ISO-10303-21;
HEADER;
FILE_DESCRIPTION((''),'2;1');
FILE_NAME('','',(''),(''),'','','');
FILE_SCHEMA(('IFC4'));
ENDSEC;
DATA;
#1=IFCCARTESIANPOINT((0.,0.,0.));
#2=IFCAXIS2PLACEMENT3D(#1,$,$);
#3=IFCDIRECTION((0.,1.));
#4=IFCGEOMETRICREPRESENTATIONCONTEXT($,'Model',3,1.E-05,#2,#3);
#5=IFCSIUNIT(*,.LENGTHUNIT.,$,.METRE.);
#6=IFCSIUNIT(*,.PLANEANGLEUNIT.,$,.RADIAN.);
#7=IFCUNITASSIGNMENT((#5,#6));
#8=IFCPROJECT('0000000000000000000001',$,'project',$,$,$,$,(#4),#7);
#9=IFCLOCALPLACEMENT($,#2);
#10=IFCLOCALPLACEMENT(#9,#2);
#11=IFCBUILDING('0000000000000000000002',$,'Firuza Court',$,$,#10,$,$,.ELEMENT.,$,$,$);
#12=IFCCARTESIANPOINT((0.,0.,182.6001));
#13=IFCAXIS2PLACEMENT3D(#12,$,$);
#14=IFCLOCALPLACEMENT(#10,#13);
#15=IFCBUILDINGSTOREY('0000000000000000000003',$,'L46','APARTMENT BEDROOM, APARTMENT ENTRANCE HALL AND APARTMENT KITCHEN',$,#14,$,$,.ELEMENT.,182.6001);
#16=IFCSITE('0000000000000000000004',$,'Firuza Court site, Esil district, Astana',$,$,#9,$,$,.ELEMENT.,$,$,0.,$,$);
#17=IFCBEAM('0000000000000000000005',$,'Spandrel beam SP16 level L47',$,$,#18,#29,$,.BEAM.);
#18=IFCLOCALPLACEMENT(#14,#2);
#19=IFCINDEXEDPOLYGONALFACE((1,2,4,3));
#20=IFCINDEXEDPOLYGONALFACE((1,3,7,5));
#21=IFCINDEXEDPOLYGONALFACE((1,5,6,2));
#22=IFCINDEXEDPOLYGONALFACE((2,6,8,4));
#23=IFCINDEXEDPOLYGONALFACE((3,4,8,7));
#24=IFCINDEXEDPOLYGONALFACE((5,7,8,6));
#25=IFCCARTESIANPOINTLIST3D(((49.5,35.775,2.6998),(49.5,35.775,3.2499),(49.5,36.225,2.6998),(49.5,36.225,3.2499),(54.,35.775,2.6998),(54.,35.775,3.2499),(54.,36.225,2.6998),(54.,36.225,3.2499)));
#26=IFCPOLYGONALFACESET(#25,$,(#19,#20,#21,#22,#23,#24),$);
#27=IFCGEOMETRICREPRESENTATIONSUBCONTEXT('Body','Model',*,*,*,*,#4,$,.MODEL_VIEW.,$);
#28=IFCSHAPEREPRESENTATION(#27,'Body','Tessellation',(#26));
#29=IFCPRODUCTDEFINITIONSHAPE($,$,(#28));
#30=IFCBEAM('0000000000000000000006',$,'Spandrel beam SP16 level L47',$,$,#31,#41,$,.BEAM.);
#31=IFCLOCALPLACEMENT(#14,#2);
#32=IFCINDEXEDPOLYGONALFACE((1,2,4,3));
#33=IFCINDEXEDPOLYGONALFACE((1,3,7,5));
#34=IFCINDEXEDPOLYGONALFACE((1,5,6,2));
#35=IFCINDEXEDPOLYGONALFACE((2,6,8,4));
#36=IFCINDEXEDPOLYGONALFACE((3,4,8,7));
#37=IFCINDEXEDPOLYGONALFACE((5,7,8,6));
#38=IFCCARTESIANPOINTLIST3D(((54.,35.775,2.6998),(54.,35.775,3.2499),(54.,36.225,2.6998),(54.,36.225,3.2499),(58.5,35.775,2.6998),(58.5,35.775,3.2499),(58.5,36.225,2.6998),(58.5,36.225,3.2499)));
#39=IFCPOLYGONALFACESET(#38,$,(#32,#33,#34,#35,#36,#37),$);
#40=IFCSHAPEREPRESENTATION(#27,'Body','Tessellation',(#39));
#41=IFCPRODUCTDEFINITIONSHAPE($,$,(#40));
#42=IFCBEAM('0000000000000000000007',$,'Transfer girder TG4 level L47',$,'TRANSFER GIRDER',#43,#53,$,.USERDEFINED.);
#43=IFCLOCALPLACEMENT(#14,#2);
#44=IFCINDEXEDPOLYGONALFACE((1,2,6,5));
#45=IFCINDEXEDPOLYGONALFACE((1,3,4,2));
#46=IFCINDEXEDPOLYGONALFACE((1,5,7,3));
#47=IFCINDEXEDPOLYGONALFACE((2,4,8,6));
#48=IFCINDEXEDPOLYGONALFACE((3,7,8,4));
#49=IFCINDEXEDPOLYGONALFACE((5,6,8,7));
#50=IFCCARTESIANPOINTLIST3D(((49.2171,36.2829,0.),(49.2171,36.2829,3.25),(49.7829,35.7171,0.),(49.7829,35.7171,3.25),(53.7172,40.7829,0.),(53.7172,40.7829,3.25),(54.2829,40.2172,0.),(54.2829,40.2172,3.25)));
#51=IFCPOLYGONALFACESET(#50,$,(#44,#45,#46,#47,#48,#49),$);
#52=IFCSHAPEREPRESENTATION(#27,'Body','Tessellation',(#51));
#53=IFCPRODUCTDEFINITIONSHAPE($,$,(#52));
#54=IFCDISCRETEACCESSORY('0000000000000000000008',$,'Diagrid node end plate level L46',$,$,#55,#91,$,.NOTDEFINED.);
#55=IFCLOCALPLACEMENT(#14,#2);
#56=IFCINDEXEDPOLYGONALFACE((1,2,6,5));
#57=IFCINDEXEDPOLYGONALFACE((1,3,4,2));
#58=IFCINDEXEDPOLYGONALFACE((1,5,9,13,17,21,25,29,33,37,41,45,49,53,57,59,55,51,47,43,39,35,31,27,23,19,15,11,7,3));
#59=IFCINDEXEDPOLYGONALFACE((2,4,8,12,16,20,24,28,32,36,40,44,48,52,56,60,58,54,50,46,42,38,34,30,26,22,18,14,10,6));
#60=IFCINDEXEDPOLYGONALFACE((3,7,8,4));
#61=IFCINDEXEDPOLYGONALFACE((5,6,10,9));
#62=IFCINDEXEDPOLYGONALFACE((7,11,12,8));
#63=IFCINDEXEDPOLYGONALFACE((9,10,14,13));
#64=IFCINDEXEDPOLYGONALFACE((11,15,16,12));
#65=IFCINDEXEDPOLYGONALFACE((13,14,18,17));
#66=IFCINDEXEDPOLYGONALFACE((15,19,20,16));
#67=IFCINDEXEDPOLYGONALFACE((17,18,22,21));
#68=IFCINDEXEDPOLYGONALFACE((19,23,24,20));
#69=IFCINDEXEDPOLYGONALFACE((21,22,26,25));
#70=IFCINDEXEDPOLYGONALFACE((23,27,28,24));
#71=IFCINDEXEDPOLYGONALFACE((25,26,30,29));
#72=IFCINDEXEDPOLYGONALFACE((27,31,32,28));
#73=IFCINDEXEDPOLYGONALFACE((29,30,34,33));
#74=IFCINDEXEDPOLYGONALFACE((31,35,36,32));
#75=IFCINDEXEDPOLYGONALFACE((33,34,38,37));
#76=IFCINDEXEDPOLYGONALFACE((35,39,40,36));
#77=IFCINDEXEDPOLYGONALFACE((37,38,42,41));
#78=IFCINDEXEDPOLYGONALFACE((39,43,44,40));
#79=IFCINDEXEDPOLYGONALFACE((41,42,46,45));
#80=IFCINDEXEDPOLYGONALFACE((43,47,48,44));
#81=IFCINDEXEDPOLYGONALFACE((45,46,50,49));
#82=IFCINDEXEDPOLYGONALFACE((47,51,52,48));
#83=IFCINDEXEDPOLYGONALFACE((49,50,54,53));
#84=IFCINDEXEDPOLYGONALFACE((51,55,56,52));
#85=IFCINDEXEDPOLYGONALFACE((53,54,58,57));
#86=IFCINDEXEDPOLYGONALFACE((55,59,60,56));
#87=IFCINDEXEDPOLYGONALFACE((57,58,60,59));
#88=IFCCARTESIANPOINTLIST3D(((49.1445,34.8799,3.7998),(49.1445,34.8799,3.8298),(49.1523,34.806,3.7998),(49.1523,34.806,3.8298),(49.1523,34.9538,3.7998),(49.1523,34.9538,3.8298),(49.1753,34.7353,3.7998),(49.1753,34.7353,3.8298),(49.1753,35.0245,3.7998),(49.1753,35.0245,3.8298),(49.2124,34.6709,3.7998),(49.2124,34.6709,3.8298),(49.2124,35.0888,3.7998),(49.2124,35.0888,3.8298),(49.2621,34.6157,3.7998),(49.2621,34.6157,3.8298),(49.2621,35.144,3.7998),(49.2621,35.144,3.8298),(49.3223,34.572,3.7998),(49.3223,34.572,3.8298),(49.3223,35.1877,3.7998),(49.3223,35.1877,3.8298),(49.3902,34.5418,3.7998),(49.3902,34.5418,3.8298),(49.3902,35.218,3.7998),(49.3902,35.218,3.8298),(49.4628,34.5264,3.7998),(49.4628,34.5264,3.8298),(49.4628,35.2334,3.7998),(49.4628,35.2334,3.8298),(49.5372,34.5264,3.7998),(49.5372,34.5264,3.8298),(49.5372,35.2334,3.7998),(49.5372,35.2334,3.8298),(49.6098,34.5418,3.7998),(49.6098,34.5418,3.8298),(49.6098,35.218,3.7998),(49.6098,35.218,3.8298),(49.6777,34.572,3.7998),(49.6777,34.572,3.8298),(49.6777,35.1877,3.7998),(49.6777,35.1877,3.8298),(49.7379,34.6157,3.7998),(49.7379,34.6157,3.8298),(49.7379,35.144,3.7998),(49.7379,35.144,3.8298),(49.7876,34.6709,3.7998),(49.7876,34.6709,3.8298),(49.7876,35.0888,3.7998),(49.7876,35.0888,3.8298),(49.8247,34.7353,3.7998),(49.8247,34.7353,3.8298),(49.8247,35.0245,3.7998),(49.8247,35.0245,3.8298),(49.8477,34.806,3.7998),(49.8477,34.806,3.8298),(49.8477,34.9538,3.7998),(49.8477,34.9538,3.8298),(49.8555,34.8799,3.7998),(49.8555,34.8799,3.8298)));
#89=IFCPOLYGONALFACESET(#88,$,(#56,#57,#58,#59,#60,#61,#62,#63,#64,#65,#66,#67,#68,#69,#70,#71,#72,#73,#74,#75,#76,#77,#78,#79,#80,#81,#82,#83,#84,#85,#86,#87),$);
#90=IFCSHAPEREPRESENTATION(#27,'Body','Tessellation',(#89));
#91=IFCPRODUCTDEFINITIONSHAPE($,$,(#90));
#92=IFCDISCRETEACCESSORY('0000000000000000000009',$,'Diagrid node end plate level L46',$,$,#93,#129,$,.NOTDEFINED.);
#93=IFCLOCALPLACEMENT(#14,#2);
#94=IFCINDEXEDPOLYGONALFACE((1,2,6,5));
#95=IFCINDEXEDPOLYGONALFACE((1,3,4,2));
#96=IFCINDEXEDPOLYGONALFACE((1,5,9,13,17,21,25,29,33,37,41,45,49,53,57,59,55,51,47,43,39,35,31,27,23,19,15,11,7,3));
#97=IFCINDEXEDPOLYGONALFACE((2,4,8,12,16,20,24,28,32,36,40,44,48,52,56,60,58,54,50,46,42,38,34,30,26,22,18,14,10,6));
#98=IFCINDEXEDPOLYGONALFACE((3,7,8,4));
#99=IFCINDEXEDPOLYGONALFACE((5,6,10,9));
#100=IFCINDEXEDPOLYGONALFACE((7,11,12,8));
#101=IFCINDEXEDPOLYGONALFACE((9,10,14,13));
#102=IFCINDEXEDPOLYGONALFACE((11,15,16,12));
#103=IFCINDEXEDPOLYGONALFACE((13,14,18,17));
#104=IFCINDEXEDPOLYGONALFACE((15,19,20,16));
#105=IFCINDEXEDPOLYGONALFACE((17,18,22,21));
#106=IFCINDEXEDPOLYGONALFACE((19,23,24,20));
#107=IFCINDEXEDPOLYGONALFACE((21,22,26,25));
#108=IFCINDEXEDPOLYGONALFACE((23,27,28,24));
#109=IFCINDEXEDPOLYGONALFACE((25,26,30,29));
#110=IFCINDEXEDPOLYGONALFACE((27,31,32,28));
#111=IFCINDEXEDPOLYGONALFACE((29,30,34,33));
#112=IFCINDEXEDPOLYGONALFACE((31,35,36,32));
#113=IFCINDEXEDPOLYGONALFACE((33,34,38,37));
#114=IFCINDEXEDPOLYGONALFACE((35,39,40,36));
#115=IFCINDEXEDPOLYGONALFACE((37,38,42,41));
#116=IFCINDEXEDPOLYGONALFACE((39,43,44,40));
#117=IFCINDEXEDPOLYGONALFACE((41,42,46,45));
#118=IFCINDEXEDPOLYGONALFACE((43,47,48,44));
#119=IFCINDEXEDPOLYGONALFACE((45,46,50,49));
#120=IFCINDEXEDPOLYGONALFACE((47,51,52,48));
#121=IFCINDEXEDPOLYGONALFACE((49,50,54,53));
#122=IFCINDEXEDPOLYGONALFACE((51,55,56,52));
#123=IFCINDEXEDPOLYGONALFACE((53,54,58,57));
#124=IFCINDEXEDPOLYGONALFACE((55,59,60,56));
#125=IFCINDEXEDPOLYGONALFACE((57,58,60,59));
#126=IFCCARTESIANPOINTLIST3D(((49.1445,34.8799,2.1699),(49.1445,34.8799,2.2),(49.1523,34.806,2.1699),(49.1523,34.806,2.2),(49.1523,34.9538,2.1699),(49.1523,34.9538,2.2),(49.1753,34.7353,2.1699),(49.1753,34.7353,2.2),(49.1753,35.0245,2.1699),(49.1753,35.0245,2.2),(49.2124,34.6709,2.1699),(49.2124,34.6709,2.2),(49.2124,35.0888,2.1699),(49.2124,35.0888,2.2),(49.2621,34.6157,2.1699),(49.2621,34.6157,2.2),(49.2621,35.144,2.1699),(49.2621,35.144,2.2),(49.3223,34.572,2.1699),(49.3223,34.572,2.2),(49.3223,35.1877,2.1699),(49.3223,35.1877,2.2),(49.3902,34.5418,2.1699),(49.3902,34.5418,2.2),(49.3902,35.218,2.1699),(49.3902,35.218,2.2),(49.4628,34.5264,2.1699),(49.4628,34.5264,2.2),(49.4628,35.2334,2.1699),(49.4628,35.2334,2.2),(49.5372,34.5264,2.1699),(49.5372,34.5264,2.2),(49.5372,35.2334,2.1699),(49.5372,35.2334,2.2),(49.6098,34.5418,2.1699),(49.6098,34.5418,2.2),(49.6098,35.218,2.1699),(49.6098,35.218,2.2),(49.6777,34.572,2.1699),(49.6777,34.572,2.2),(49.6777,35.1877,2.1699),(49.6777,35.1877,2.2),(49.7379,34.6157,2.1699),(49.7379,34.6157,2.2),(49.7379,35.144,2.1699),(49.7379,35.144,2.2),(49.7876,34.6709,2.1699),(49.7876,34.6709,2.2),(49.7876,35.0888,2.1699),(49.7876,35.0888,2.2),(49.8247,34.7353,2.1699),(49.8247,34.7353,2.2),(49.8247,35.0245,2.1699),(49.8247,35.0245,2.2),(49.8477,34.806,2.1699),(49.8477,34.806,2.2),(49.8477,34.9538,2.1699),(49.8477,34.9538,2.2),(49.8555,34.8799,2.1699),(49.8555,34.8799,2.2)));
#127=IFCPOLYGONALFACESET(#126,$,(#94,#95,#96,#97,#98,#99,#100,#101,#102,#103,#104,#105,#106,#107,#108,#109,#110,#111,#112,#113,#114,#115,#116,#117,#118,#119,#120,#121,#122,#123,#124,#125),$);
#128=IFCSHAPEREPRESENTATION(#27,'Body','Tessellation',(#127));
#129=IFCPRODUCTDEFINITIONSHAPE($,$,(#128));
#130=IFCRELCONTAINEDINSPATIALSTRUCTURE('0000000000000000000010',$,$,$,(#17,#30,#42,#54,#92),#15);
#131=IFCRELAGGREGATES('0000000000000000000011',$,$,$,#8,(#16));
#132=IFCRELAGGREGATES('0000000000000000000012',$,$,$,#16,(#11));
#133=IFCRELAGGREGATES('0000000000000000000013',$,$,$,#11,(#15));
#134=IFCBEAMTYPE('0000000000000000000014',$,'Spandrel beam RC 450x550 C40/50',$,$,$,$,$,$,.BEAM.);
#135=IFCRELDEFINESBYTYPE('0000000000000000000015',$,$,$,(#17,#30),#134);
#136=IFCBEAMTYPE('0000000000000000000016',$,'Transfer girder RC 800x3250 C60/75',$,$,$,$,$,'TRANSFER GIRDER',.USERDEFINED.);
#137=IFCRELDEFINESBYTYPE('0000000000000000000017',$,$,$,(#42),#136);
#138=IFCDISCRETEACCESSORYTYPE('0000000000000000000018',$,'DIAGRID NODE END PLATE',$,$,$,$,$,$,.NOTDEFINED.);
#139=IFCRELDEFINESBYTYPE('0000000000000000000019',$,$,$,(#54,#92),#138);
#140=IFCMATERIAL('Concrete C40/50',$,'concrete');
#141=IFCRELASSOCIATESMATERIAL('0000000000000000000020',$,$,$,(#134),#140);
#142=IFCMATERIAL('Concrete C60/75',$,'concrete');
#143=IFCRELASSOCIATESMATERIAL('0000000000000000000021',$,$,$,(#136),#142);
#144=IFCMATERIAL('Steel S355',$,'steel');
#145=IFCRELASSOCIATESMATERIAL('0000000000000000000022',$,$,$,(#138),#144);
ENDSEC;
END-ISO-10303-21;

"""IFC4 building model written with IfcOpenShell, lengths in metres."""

from ifc_helpers import new_model, si_unit, direction, frame, origin, origin_2d, place, context, subcontext, project, spatial, rectangle, circle, extrude, material, material_profile, profile_set, type_object, element, save


model = new_model("IFC4")

# Units and contexts
model_context = context("Model", 3, precision=1e-05, world=origin(), true_north=direction((0.0, 1.0)))
body_context = subcontext(model_context, "Body", "Model", "MODEL_VIEW")
ifc_project = project(units=[si_unit("LENGTHUNIT", "METRE"), si_unit("PLANEANGLEUNIT", "RADIAN")], contexts=[model_context])

# Site, building, storey
site_placement = place(None, origin())
site = spatial("IfcSite", under=ifc_project, at=site_placement, Name="Firuza Court site, Esil district, Astana", CompositionType="ELEMENT", RefElevation=0.0)
building_placement = place(site_placement, origin())
building = spatial("IfcBuilding", under=site, at=building_placement, Name="Firuza Court", CompositionType="ELEMENT")
storey_placement = place(building_placement, frame((0.0, 0.0, 182.6001)))
storey = spatial("IfcBuildingStorey", under=building, at=storey_placement, Name="L46", Description="APARTMENT BEDROOM, APARTMENT ENTRANCE HALL AND APARTMENT KITCHEN", CompositionType="ELEMENT", Elevation=182.6001)

# Beams
ifc_material_1 = material(Name="Concrete C40/50", Category="concrete")
ifc_material_profile_1 = material_profile(ifc_material_1, rectangle(XDim=0.45, YDim=0.55, at=origin_2d()), Name="RC 450x550")
ifc_profile_set_1 = profile_set([ifc_material_profile_1], Name="Concrete C40/50")
beam_type_1 = type_object("IfcBeamType", Name="Spandrel beam RC 450x550 C40/50", PredefinedType="BEAM", material=ifc_profile_set_1)
for number, where, z_axis, x_axis, name in (
    (1, (49.5, 36.0, 2.9749), (1.0, 0.0, 0.0), (0.0, 1.0, 0.0), "Spandrel beam SP16 level L47"),
    (2, (54.0, 36.0, 2.9749), (1.0, 0.0, 0.0), (0.0, 1.0, 0.0), "Spandrel beam SP16 level L47"),
):
    element("IfcBeam", number, at=place(storey_placement, frame(where, z_axis=z_axis, x_axis=x_axis)), inside=storey, type_object=beam_type_1, Name=name, PredefinedType="BEAM", context=body_context, shape_type="SweptSolid", body=[
        extrude(rectangle(XDim=0.45, YDim=0.55, at=origin_2d()), origin(), (0.0, 0.0, 1.0), 4.5),
    ])
ifc_material_2 = material(Name="Concrete C60/75", Category="concrete")
ifc_material_profile_2 = material_profile(ifc_material_2, rectangle(XDim=0.8, YDim=3.25, at=origin_2d()), Name="RC 800x3250")
ifc_profile_set_2 = profile_set([ifc_material_profile_2], Name="Concrete C60/75")
beam_type_2 = type_object("IfcBeamType", Name="Transfer girder RC 800x3250 C60/75", ElementType="TRANSFER GIRDER", PredefinedType="USERDEFINED", material=ifc_profile_set_2)
beam_1_placement = place(storey_placement, frame((49.5, 36.0, 1.625), z_axis=(0.707107, 0.707107, 0.0), x_axis=(-0.707107, 0.707107, 0.0)))
element("IfcBeam", 3, at=beam_1_placement, inside=storey, type_object=beam_type_2, Name="Transfer girder TG4 level L47", ObjectType="TRANSFER GIRDER", PredefinedType="USERDEFINED", context=body_context, shape_type="SweptSolid", body=[
    extrude(rectangle(XDim=0.8, YDim=3.25, at=origin_2d()), origin(), (0.0, 0.0, 1.0), 6.364),
])

# Discrete accessories
ifc_material_3 = material(Name="Steel S355", Category="steel")
ifc_material_profile_3 = material_profile(ifc_material_3, circle(Radius=0.3555, at=origin_2d()), Name="PL D711")
ifc_profile_set_3 = profile_set([ifc_material_profile_3], Name="Steel S355")
discrete_accessory_type = type_object("IfcDiscreteAccessoryType", Name="DIAGRID NODE END PLATE", PredefinedType="NOTDEFINED", material=ifc_profile_set_3)
for number, where, z_axis, x_axis, name in (
    (4, (49.5, 34.8799, 3.7998), (0.0, 0.0, 1.0), (1.0, 0.0, 0.0), "Diagrid node end plate level L46"),
    (5, (49.5, 34.8799, 2.1699), (0.0, 0.0, 1.0), (1.0, 0.0, 0.0), "Diagrid node end plate level L46"),
):
    element("IfcDiscreteAccessory", number, at=place(storey_placement, frame(where, z_axis=z_axis, x_axis=x_axis)), inside=storey, type_object=discrete_accessory_type, Name=name, PredefinedType="NOTDEFINED", context=body_context, shape_type="SweptSolid", body=[
        extrude(circle(Radius=0.3555, at=origin_2d()), origin(), (0.0, 0.0, 1.0), 0.03),
    ])

save(model, "model.ifc")
